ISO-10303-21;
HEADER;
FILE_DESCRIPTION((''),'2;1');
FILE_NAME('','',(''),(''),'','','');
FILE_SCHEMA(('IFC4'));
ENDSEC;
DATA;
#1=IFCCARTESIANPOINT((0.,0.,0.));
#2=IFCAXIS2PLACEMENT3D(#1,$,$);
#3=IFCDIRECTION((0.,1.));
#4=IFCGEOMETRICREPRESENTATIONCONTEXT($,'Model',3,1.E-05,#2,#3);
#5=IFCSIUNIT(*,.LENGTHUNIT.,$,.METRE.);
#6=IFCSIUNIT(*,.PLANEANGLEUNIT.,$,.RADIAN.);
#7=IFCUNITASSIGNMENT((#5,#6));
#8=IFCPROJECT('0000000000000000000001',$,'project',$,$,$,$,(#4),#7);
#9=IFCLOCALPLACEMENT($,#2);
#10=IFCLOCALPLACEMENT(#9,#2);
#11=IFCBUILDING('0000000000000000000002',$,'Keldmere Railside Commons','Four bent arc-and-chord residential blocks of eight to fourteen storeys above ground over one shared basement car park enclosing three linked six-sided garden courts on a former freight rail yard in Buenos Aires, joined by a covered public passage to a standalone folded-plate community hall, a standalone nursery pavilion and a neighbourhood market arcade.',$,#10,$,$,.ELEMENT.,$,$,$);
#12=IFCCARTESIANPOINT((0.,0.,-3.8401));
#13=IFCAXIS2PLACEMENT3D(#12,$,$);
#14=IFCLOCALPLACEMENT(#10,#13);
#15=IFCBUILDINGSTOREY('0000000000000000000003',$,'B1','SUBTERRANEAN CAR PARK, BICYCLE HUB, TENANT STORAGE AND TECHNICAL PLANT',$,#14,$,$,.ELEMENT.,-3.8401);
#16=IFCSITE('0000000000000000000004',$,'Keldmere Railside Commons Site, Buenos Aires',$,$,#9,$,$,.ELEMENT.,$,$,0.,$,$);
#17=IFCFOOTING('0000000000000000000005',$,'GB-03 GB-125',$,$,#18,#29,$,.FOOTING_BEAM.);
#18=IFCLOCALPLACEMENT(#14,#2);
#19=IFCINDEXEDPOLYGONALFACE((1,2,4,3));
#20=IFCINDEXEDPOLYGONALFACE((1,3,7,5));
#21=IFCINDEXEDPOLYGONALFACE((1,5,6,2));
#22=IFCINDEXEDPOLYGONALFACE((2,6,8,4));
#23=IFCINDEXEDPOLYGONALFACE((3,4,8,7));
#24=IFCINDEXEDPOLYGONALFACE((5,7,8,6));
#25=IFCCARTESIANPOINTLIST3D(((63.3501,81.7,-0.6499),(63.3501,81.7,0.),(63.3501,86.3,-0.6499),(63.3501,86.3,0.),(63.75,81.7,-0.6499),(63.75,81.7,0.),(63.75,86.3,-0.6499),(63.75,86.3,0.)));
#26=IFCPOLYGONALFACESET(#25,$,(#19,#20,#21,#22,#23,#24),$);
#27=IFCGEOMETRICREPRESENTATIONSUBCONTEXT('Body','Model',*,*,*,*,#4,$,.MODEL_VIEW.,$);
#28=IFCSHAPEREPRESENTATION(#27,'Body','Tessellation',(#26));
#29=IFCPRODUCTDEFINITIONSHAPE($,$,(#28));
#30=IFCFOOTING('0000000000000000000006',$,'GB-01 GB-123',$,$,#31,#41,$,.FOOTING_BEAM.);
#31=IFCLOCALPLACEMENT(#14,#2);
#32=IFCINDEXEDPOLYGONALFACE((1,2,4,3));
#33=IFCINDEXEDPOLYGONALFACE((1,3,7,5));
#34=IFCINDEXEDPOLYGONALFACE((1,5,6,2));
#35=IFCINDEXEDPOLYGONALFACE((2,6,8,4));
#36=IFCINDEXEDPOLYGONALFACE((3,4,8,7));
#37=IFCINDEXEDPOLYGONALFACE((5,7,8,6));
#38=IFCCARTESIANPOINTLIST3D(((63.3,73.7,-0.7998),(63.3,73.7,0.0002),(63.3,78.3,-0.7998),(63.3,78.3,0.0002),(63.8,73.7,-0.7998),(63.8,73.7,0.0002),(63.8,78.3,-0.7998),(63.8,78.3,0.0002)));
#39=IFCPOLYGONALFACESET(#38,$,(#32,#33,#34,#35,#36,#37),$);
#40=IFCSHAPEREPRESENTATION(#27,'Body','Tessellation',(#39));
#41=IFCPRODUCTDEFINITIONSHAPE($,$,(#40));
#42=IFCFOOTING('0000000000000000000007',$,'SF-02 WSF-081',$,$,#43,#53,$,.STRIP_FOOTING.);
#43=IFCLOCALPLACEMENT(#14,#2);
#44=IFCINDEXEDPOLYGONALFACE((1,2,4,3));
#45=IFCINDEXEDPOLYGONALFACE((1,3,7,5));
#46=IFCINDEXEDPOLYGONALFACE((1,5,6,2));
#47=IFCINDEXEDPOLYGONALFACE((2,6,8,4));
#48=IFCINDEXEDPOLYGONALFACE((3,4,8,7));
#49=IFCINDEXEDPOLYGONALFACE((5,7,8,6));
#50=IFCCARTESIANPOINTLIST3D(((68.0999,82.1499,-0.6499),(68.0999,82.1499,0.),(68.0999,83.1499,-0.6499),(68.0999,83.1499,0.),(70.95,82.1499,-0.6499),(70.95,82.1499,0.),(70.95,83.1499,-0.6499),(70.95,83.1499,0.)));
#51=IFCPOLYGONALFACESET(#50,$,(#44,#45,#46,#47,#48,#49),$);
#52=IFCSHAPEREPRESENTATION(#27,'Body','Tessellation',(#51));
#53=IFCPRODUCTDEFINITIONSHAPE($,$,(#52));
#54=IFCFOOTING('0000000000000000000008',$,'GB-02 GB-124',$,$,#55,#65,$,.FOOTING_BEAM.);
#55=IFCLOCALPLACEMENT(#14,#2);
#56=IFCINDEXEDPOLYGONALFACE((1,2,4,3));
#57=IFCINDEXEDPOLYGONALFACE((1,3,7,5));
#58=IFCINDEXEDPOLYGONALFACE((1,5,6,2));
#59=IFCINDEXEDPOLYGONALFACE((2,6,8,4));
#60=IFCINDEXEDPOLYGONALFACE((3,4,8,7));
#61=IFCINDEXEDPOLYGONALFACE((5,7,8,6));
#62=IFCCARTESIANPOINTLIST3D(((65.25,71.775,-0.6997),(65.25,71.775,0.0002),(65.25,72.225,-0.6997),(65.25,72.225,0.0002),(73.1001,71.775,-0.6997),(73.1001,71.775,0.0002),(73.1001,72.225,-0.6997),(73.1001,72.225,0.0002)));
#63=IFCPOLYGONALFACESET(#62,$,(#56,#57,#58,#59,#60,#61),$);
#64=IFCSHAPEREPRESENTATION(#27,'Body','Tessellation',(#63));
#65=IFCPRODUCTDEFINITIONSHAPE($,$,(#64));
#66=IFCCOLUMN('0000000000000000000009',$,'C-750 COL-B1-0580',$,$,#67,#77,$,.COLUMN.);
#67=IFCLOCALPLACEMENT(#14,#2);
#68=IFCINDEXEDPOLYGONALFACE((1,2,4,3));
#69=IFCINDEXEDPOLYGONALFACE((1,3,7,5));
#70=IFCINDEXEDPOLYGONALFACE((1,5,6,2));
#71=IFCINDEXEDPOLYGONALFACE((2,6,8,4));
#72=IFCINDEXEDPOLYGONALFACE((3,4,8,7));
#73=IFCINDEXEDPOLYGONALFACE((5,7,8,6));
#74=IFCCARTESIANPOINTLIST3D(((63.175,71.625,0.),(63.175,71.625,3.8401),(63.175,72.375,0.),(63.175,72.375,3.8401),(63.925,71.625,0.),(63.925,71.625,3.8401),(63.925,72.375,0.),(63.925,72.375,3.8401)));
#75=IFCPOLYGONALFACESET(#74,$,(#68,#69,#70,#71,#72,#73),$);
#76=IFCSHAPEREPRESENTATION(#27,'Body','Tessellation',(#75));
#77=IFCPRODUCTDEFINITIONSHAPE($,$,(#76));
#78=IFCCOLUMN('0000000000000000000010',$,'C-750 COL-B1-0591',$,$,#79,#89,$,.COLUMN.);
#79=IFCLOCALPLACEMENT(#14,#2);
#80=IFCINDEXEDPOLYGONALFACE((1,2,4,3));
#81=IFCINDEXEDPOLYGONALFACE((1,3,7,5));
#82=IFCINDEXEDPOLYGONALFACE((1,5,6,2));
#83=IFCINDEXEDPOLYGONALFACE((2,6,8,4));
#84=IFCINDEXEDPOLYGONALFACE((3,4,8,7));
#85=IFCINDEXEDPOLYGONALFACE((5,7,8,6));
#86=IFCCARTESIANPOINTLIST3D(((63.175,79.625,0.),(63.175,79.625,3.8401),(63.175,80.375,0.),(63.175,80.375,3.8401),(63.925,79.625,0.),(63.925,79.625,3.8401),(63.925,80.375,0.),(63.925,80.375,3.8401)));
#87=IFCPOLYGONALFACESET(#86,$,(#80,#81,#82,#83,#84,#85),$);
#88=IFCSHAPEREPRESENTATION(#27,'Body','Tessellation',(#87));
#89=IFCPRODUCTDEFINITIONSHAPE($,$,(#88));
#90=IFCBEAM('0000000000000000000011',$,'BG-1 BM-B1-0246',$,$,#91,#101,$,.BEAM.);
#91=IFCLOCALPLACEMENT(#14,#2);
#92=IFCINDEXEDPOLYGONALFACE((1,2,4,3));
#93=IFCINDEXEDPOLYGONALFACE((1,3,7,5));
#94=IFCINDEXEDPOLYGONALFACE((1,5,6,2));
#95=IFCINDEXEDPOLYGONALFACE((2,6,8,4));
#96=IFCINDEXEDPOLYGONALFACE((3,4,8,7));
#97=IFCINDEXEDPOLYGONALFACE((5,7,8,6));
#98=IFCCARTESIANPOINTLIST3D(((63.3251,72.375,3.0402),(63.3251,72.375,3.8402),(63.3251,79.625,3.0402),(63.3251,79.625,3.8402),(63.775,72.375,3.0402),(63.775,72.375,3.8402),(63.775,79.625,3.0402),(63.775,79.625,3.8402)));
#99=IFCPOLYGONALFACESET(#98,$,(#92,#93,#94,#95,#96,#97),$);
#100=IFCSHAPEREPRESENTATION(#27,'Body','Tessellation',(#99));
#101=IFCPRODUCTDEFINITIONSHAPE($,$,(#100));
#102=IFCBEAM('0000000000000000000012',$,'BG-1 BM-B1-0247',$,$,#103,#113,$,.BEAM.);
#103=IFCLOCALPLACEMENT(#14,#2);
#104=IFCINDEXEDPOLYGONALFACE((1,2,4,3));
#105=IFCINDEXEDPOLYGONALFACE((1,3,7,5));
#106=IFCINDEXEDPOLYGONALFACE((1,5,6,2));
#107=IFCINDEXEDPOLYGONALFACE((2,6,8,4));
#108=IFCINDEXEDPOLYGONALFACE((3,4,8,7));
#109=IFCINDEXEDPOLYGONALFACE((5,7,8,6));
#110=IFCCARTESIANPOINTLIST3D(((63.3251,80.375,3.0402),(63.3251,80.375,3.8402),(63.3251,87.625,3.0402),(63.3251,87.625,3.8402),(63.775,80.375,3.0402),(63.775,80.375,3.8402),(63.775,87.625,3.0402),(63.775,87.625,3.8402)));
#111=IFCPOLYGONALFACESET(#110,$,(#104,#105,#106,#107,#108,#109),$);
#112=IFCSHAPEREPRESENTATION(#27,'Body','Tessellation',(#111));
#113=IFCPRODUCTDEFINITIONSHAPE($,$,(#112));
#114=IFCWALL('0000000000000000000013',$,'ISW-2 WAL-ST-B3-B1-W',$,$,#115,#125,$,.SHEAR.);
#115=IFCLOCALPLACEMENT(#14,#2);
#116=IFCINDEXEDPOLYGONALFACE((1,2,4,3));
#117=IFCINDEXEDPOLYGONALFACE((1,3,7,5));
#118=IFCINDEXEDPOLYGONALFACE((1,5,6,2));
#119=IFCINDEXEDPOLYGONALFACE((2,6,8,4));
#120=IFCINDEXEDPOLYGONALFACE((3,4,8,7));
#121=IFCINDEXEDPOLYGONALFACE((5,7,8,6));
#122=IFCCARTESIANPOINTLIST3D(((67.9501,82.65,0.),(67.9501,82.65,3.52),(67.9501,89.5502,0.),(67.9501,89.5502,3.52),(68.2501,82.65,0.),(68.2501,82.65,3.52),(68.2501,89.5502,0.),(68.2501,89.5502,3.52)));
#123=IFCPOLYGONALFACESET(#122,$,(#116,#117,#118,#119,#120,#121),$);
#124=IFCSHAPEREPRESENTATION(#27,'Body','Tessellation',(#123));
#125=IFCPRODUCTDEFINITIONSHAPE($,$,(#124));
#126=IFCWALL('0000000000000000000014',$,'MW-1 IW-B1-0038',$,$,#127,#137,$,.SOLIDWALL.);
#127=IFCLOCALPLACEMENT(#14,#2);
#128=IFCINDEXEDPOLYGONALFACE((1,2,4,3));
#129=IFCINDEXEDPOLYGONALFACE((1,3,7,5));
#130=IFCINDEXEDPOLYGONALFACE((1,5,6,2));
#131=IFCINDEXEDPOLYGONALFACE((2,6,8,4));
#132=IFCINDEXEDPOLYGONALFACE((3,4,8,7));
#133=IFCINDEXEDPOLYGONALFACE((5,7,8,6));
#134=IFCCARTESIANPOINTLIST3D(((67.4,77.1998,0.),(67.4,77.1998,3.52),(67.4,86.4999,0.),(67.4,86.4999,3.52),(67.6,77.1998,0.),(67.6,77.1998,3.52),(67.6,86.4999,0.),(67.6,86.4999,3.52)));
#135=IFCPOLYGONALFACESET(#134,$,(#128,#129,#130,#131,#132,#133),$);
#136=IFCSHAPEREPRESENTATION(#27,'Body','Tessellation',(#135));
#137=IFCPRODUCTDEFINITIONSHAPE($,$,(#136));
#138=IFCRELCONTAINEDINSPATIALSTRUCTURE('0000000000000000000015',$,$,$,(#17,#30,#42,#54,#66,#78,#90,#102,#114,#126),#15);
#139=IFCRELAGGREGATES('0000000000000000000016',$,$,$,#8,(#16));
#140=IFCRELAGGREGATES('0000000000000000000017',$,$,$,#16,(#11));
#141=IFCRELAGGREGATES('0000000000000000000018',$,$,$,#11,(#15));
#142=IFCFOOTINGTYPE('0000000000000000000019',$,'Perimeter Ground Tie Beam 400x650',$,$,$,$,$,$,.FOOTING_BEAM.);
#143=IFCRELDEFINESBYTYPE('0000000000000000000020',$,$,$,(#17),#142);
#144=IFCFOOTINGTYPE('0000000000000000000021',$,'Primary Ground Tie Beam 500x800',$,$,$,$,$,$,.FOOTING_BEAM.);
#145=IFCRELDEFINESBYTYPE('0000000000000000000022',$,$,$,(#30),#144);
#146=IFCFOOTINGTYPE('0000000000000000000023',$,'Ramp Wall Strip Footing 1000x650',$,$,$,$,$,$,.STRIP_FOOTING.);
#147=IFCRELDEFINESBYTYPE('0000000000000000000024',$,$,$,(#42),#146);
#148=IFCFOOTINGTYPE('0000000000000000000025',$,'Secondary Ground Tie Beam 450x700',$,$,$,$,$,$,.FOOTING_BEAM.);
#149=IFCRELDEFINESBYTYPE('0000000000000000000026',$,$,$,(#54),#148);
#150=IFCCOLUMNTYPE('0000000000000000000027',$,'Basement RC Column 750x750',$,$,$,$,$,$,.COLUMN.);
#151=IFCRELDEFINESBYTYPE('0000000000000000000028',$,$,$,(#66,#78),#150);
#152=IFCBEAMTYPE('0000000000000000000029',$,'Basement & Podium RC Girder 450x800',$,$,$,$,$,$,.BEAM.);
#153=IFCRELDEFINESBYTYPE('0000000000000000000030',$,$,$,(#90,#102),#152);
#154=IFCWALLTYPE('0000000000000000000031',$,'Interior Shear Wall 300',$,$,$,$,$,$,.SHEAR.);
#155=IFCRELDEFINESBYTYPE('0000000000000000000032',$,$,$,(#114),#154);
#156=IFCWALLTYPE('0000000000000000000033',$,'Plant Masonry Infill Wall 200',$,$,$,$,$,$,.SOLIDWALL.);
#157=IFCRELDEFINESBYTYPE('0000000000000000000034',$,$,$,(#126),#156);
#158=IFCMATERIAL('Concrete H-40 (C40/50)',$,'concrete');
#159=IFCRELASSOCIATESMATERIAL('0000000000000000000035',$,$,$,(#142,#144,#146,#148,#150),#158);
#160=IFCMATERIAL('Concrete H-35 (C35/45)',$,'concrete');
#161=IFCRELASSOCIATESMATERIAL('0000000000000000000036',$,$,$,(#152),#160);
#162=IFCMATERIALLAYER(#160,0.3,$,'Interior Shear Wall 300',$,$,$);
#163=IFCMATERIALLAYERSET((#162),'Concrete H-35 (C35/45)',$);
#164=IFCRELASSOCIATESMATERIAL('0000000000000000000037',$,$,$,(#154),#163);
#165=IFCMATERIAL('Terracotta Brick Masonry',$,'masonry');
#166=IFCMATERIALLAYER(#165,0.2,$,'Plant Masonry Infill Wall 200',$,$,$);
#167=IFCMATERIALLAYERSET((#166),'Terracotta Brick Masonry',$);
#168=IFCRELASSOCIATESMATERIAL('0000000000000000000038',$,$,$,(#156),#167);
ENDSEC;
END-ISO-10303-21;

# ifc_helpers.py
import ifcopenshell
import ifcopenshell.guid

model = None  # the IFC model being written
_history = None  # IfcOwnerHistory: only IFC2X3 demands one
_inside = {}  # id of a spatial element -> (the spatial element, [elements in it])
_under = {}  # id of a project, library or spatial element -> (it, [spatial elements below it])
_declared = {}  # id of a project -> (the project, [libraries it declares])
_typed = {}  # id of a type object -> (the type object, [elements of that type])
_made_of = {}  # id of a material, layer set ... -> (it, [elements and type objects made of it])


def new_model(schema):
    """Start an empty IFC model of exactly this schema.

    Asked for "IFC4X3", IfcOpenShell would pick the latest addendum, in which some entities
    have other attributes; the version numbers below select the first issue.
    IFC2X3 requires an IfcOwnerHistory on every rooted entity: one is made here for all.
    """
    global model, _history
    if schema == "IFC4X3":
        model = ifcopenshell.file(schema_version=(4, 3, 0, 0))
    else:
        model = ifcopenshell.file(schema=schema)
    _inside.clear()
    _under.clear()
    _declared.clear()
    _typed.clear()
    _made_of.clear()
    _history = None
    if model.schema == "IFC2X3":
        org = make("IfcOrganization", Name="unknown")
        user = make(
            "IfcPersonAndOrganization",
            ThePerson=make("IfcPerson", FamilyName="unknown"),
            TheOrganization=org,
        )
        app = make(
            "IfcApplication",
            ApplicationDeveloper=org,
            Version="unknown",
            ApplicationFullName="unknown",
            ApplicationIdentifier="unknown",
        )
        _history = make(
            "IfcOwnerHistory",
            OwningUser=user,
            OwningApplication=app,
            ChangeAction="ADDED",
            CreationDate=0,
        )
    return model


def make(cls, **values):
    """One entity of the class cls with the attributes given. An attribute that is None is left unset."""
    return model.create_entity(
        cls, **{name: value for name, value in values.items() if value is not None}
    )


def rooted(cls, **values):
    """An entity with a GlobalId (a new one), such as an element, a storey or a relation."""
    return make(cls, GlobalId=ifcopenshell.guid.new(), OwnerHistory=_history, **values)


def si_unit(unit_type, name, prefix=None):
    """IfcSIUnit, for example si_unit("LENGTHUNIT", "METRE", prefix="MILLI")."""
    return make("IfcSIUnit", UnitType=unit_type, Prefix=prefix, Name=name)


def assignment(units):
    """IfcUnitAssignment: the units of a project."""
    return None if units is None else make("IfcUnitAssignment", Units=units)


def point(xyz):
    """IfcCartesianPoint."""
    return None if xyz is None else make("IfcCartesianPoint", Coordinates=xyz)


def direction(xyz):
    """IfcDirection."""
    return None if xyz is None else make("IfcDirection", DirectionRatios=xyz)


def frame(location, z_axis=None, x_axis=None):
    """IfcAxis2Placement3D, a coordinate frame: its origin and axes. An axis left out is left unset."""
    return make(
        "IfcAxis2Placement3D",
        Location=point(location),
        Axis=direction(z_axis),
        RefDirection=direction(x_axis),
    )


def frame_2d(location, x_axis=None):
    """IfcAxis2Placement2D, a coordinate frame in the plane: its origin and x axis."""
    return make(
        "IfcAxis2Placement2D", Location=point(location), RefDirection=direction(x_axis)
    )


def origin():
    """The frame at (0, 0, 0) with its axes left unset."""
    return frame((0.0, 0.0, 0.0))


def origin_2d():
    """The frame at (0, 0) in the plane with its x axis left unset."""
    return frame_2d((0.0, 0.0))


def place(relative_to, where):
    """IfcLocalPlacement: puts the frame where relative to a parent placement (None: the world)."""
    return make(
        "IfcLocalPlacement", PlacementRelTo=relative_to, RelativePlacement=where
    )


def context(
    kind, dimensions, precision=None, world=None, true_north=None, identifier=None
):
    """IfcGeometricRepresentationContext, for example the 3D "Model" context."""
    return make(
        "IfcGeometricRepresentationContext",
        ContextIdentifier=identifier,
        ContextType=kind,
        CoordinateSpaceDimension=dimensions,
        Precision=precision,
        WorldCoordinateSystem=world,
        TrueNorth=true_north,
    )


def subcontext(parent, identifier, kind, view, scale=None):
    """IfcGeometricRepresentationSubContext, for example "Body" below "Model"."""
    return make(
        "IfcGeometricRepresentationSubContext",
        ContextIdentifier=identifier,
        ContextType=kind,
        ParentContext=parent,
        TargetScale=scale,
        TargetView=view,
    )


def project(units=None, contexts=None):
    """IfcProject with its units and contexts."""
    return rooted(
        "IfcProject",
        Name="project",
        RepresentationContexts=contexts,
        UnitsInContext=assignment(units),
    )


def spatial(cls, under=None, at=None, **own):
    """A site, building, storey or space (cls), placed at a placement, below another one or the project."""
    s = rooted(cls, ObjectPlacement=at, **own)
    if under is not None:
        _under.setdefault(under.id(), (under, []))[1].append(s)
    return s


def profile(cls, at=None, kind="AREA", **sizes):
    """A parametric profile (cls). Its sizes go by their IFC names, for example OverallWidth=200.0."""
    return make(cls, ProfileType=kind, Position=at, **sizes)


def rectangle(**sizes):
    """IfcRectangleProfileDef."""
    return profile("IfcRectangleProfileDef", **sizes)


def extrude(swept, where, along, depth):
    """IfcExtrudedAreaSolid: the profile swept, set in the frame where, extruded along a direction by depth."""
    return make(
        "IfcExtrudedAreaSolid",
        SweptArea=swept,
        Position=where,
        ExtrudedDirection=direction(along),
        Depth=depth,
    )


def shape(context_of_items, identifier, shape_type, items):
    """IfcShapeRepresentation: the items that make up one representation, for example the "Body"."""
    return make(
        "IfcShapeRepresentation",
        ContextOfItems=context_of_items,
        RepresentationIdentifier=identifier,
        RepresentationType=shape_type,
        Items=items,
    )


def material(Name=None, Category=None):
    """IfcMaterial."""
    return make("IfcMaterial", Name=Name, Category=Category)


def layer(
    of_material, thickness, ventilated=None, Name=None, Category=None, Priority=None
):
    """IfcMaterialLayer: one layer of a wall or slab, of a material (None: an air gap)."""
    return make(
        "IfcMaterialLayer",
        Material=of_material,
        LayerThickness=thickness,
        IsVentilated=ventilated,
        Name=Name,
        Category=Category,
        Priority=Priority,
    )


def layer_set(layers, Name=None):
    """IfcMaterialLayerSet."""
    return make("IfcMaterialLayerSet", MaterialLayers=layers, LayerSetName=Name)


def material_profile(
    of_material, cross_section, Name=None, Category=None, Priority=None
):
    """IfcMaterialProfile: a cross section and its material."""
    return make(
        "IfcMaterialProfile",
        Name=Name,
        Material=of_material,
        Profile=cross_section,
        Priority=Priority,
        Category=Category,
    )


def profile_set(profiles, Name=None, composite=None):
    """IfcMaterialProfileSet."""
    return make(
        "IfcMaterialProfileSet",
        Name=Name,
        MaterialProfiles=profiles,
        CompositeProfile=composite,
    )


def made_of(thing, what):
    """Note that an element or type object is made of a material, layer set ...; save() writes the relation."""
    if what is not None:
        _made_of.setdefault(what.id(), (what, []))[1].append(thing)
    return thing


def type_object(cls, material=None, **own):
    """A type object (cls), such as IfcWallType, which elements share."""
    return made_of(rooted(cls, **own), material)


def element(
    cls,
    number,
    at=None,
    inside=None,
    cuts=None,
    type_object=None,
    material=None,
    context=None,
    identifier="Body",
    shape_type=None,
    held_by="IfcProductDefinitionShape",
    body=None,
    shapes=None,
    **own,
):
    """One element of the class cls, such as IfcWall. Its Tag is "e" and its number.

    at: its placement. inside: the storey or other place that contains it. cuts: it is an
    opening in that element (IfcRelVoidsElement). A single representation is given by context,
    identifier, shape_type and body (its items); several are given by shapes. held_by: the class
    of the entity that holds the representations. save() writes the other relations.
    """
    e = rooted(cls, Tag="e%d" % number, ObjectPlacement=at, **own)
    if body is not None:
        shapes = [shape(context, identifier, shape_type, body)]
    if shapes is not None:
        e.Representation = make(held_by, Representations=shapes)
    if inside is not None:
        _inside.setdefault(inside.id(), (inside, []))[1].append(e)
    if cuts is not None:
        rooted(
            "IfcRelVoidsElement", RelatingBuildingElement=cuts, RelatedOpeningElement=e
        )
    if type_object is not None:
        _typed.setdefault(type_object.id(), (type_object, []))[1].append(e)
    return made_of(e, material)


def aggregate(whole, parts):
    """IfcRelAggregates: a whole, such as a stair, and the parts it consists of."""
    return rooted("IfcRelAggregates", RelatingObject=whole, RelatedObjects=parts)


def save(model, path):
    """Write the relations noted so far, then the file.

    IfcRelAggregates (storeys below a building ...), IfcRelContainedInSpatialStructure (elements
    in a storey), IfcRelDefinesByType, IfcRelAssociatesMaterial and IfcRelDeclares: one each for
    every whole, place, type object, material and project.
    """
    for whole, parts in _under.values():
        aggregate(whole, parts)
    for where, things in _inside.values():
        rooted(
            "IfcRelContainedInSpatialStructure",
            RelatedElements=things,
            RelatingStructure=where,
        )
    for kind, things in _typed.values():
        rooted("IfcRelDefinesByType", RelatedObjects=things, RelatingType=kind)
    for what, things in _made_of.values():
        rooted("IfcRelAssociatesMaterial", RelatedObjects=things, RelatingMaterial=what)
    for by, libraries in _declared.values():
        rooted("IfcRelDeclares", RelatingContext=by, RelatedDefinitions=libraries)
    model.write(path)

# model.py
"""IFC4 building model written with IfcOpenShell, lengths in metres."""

from ifc_helpers import new_model, si_unit, direction, frame, frame_2d, origin, origin_2d, place, context, subcontext, project, spatial, rectangle, extrude, material, layer, layer_set, material_profile, profile_set, type_object, element, save


model = new_model("IFC4")

# Units and contexts
model_context = context("Model", 3, precision=1e-05, world=origin(), true_north=direction((0.0, 1.0)))
body_context = subcontext(model_context, "Body", "Model", "MODEL_VIEW")
ifc_project = project(units=[si_unit("LENGTHUNIT", "METRE"), si_unit("PLANEANGLEUNIT", "RADIAN")], contexts=[model_context])

# Site, building, storey
site_placement = place(None, origin())
site = spatial("IfcSite", under=ifc_project, at=site_placement, Name="Keldmere Railside Commons Site, Buenos Aires", CompositionType="ELEMENT", RefElevation=0.0)
building_placement = place(site_placement, origin())
building = spatial("IfcBuilding", under=site, at=building_placement, Name="Keldmere Railside Commons", Description="Four bent arc-and-chord residential blocks of eight to fourteen storeys above ground over one shared basement car park enclosing three linked six-sided garden courts on a former freight rail yard in Buenos Aires, joined by a covered public passage to a standalone folded-plate community hall, a standalone nursery pavilion and a neighbourhood market arcade.", CompositionType="ELEMENT")
storey_placement = place(building_placement, frame((0.0, 0.0, -3.8401)))
storey = spatial("IfcBuildingStorey", under=building, at=storey_placement, Name="B1", Description="SUBTERRANEAN CAR PARK, BICYCLE HUB, TENANT STORAGE AND TECHNICAL PLANT", CompositionType="ELEMENT", Elevation=-3.8401)

# Footings
ifc_material_1 = material(Name="Concrete H-40 (C40/50)", Category="concrete")
footing_type_1 = type_object("IfcFootingType", Name="Perimeter Ground Tie Beam 400x650", PredefinedType="FOOTING_BEAM", material=ifc_material_1)
footing_1_placement = place(storey_placement, frame((63.55, 84.0, -0.6499), z_axis=(0.0, 0.0, 1.0), x_axis=(0.0, 1.0, 0.0)))
element("IfcFooting", 1, at=footing_1_placement, inside=storey, type_object=footing_type_1, Name="GB-03 GB-125", PredefinedType="FOOTING_BEAM", context=body_context, shape_type="SweptSolid", body=[
    extrude(rectangle(XDim=4.6001, YDim=0.3999, at=origin_2d()), origin(), (0.0, 0.0, 1.0), 0.6499),
])
footing_type_2 = type_object("IfcFootingType", Name="Primary Ground Tie Beam 500x800", PredefinedType="FOOTING_BEAM", material=ifc_material_1)
footing_2_placement = place(storey_placement, frame((63.55, 76.0, -0.7998), z_axis=(0.0, 0.0, 1.0), x_axis=(0.0, 1.0, 0.0)))
element("IfcFooting", 2, at=footing_2_placement, inside=storey, type_object=footing_type_2, Name="GB-01 GB-123", PredefinedType="FOOTING_BEAM", context=body_context, shape_type="SweptSolid", body=[
    extrude(rectangle(XDim=4.6001, YDim=0.5, at=origin_2d()), origin(), (0.0, 0.0, 1.0), 0.8),
])
footing_type_3 = type_object("IfcFootingType", Name="Ramp Wall Strip Footing 1000x650", PredefinedType="STRIP_FOOTING", material=ifc_material_1)
footing_3_placement = place(storey_placement, frame((69.5249, 82.6499, -0.6499), z_axis=(0.0, 0.0, 1.0), x_axis=(1.0, 0.0, 0.0)))
element("IfcFooting", 3, at=footing_3_placement, inside=storey, type_object=footing_type_3, Name="SF-02 WSF-081", PredefinedType="STRIP_FOOTING", context=body_context, shape_type="SweptSolid", body=[
    extrude(rectangle(XDim=2.8501, YDim=1.0, at=origin_2d()), origin(), (0.0, 0.0, 1.0), 0.6499),
])
footing_type_4 = type_object("IfcFootingType", Name="Secondary Ground Tie Beam 450x700", PredefinedType="FOOTING_BEAM", material=ifc_material_1)
footing_4_placement = place(storey_placement, frame((69.175, 72.0, -0.6997), z_axis=(0.0, 0.0, 1.0), x_axis=(1.0, 0.0, 0.0)))
element("IfcFooting", 4, at=footing_4_placement, inside=storey, type_object=footing_type_4, Name="GB-02 GB-124", PredefinedType="FOOTING_BEAM", context=body_context, shape_type="SweptSolid", body=[
    extrude(rectangle(XDim=7.8501, YDim=0.45, at=origin_2d()), origin(), (0.0, 0.0, 1.0), 0.7),
])

# Columns
ifc_material_profile_1 = material_profile(ifc_material_1, rectangle(XDim=0.75, YDim=0.75, at=origin_2d()), Name="RC-750x750")
ifc_profile_set_1 = profile_set([ifc_material_profile_1], Name="Concrete H-40 (C40/50)")
column_type = type_object("IfcColumnType", Name="Basement RC Column 750x750", PredefinedType="COLUMN", material=ifc_profile_set_1)
for number, where, z_axis, x_axis, name in (
    (5, (63.55, 72.0, 0.0), (0.0, 0.0, 1.0), (1.0, 0.0, 0.0), "C-750 COL-B1-0580"),
    (6, (63.55, 80.0, 0.0), (0.0, 0.0, 1.0), (1.0, 0.0, 0.0), "C-750 COL-B1-0591"),
):
    element("IfcColumn", number, at=place(storey_placement, frame(where, z_axis=z_axis, x_axis=x_axis)), inside=storey, type_object=column_type, Name=name, PredefinedType="COLUMN", context=body_context, shape_type="SweptSolid", body=[
        extrude(rectangle(XDim=0.75, YDim=0.75, at=origin_2d()), origin(), (0.0, 0.0, 1.0), 3.8401),
    ])

# Beams
ifc_material_2 = material(Name="Concrete H-35 (C35/45)", Category="concrete")
ifc_material_profile_2 = material_profile(ifc_material_2, rectangle(XDim=0.45, YDim=0.8, at=origin_2d()), Name="RC-450x800")
ifc_profile_set_2 = profile_set([ifc_material_profile_2], Name="Concrete H-35 (C35/45)")
beam_type = type_object("IfcBeamType", Name="Basement & Podium RC Girder 450x800", PredefinedType="BEAM", material=ifc_profile_set_2)
for number, where, z_axis, x_axis, name in (
    (7, (63.55, 72.375, 3.4402), (0.0, 1.0, 0.0), (-1.0, 0.0, 0.0), "BG-1 BM-B1-0246"),
    (8, (63.55, 80.375, 3.4402), (0.0, 1.0, 0.0), (-1.0, 0.0, 0.0), "BG-1 BM-B1-0247"),
):
    element("IfcBeam", number, at=place(storey_placement, frame(where, z_axis=z_axis, x_axis=x_axis)), inside=storey, type_object=beam_type, Name=name, PredefinedType="BEAM", context=body_context, shape_type="SweptSolid", body=[
        extrude(rectangle(XDim=0.45, YDim=0.8, at=origin_2d()), origin(), (0.0, 0.0, 1.0), 7.25),
    ])

# Walls
ifc_layer_1 = layer(ifc_material_2, 0.3, Name="Interior Shear Wall 300")
ifc_layer_set_1 = layer_set([ifc_layer_1], Name="Concrete H-35 (C35/45)")
wall_type_1 = type_object("IfcWallType", Name="Interior Shear Wall 300", PredefinedType="SHEAR", material=ifc_layer_set_1)
wall_1_placement = place(storey_placement, frame((68.1001, 82.6499, 0.0), z_axis=(0.0, 0.0, 1.0), x_axis=(0.0, 1.0, 0.0)))
element("IfcWall", 9, at=wall_1_placement, inside=storey, type_object=wall_type_1, Name="ISW-2 WAL-ST-B3-B1-W", PredefinedType="SHEAR", context=body_context, shape_type="SweptSolid", body=[
    extrude(rectangle(XDim=6.9001, YDim=0.3, at=frame_2d((3.4502, 0.0))), origin(), (0.0, 0.0, 1.0), 3.52),
])
ifc_material_3 = material(Name="Terracotta Brick Masonry", Category="masonry")
ifc_layer_2 = layer(ifc_material_3, 0.2, Name="Plant Masonry Infill Wall 200")
ifc_layer_set_2 = layer_set([ifc_layer_2], Name="Terracotta Brick Masonry")
wall_type_2 = type_object("IfcWallType", Name="Plant Masonry Infill Wall 200", PredefinedType="SOLIDWALL", material=ifc_layer_set_2)
wall_2_placement = place(storey_placement, frame((67.5, 77.2, 0.0), z_axis=(0.0, 0.0, 1.0), x_axis=(0.0, 1.0, 0.0)))
element("IfcWall", 10, at=wall_2_placement, inside=storey, type_object=wall_type_2, Name="MW-1 IW-B1-0038", PredefinedType="SOLIDWALL", context=body_context, shape_type="SweptSolid", body=[
    extrude(rectangle(XDim=9.3, YDim=0.2, at=frame_2d((4.6499, 0.0))), origin(), (0.0, 0.0, 1.0), 3.52),
])

save(model, "model.ifc")
